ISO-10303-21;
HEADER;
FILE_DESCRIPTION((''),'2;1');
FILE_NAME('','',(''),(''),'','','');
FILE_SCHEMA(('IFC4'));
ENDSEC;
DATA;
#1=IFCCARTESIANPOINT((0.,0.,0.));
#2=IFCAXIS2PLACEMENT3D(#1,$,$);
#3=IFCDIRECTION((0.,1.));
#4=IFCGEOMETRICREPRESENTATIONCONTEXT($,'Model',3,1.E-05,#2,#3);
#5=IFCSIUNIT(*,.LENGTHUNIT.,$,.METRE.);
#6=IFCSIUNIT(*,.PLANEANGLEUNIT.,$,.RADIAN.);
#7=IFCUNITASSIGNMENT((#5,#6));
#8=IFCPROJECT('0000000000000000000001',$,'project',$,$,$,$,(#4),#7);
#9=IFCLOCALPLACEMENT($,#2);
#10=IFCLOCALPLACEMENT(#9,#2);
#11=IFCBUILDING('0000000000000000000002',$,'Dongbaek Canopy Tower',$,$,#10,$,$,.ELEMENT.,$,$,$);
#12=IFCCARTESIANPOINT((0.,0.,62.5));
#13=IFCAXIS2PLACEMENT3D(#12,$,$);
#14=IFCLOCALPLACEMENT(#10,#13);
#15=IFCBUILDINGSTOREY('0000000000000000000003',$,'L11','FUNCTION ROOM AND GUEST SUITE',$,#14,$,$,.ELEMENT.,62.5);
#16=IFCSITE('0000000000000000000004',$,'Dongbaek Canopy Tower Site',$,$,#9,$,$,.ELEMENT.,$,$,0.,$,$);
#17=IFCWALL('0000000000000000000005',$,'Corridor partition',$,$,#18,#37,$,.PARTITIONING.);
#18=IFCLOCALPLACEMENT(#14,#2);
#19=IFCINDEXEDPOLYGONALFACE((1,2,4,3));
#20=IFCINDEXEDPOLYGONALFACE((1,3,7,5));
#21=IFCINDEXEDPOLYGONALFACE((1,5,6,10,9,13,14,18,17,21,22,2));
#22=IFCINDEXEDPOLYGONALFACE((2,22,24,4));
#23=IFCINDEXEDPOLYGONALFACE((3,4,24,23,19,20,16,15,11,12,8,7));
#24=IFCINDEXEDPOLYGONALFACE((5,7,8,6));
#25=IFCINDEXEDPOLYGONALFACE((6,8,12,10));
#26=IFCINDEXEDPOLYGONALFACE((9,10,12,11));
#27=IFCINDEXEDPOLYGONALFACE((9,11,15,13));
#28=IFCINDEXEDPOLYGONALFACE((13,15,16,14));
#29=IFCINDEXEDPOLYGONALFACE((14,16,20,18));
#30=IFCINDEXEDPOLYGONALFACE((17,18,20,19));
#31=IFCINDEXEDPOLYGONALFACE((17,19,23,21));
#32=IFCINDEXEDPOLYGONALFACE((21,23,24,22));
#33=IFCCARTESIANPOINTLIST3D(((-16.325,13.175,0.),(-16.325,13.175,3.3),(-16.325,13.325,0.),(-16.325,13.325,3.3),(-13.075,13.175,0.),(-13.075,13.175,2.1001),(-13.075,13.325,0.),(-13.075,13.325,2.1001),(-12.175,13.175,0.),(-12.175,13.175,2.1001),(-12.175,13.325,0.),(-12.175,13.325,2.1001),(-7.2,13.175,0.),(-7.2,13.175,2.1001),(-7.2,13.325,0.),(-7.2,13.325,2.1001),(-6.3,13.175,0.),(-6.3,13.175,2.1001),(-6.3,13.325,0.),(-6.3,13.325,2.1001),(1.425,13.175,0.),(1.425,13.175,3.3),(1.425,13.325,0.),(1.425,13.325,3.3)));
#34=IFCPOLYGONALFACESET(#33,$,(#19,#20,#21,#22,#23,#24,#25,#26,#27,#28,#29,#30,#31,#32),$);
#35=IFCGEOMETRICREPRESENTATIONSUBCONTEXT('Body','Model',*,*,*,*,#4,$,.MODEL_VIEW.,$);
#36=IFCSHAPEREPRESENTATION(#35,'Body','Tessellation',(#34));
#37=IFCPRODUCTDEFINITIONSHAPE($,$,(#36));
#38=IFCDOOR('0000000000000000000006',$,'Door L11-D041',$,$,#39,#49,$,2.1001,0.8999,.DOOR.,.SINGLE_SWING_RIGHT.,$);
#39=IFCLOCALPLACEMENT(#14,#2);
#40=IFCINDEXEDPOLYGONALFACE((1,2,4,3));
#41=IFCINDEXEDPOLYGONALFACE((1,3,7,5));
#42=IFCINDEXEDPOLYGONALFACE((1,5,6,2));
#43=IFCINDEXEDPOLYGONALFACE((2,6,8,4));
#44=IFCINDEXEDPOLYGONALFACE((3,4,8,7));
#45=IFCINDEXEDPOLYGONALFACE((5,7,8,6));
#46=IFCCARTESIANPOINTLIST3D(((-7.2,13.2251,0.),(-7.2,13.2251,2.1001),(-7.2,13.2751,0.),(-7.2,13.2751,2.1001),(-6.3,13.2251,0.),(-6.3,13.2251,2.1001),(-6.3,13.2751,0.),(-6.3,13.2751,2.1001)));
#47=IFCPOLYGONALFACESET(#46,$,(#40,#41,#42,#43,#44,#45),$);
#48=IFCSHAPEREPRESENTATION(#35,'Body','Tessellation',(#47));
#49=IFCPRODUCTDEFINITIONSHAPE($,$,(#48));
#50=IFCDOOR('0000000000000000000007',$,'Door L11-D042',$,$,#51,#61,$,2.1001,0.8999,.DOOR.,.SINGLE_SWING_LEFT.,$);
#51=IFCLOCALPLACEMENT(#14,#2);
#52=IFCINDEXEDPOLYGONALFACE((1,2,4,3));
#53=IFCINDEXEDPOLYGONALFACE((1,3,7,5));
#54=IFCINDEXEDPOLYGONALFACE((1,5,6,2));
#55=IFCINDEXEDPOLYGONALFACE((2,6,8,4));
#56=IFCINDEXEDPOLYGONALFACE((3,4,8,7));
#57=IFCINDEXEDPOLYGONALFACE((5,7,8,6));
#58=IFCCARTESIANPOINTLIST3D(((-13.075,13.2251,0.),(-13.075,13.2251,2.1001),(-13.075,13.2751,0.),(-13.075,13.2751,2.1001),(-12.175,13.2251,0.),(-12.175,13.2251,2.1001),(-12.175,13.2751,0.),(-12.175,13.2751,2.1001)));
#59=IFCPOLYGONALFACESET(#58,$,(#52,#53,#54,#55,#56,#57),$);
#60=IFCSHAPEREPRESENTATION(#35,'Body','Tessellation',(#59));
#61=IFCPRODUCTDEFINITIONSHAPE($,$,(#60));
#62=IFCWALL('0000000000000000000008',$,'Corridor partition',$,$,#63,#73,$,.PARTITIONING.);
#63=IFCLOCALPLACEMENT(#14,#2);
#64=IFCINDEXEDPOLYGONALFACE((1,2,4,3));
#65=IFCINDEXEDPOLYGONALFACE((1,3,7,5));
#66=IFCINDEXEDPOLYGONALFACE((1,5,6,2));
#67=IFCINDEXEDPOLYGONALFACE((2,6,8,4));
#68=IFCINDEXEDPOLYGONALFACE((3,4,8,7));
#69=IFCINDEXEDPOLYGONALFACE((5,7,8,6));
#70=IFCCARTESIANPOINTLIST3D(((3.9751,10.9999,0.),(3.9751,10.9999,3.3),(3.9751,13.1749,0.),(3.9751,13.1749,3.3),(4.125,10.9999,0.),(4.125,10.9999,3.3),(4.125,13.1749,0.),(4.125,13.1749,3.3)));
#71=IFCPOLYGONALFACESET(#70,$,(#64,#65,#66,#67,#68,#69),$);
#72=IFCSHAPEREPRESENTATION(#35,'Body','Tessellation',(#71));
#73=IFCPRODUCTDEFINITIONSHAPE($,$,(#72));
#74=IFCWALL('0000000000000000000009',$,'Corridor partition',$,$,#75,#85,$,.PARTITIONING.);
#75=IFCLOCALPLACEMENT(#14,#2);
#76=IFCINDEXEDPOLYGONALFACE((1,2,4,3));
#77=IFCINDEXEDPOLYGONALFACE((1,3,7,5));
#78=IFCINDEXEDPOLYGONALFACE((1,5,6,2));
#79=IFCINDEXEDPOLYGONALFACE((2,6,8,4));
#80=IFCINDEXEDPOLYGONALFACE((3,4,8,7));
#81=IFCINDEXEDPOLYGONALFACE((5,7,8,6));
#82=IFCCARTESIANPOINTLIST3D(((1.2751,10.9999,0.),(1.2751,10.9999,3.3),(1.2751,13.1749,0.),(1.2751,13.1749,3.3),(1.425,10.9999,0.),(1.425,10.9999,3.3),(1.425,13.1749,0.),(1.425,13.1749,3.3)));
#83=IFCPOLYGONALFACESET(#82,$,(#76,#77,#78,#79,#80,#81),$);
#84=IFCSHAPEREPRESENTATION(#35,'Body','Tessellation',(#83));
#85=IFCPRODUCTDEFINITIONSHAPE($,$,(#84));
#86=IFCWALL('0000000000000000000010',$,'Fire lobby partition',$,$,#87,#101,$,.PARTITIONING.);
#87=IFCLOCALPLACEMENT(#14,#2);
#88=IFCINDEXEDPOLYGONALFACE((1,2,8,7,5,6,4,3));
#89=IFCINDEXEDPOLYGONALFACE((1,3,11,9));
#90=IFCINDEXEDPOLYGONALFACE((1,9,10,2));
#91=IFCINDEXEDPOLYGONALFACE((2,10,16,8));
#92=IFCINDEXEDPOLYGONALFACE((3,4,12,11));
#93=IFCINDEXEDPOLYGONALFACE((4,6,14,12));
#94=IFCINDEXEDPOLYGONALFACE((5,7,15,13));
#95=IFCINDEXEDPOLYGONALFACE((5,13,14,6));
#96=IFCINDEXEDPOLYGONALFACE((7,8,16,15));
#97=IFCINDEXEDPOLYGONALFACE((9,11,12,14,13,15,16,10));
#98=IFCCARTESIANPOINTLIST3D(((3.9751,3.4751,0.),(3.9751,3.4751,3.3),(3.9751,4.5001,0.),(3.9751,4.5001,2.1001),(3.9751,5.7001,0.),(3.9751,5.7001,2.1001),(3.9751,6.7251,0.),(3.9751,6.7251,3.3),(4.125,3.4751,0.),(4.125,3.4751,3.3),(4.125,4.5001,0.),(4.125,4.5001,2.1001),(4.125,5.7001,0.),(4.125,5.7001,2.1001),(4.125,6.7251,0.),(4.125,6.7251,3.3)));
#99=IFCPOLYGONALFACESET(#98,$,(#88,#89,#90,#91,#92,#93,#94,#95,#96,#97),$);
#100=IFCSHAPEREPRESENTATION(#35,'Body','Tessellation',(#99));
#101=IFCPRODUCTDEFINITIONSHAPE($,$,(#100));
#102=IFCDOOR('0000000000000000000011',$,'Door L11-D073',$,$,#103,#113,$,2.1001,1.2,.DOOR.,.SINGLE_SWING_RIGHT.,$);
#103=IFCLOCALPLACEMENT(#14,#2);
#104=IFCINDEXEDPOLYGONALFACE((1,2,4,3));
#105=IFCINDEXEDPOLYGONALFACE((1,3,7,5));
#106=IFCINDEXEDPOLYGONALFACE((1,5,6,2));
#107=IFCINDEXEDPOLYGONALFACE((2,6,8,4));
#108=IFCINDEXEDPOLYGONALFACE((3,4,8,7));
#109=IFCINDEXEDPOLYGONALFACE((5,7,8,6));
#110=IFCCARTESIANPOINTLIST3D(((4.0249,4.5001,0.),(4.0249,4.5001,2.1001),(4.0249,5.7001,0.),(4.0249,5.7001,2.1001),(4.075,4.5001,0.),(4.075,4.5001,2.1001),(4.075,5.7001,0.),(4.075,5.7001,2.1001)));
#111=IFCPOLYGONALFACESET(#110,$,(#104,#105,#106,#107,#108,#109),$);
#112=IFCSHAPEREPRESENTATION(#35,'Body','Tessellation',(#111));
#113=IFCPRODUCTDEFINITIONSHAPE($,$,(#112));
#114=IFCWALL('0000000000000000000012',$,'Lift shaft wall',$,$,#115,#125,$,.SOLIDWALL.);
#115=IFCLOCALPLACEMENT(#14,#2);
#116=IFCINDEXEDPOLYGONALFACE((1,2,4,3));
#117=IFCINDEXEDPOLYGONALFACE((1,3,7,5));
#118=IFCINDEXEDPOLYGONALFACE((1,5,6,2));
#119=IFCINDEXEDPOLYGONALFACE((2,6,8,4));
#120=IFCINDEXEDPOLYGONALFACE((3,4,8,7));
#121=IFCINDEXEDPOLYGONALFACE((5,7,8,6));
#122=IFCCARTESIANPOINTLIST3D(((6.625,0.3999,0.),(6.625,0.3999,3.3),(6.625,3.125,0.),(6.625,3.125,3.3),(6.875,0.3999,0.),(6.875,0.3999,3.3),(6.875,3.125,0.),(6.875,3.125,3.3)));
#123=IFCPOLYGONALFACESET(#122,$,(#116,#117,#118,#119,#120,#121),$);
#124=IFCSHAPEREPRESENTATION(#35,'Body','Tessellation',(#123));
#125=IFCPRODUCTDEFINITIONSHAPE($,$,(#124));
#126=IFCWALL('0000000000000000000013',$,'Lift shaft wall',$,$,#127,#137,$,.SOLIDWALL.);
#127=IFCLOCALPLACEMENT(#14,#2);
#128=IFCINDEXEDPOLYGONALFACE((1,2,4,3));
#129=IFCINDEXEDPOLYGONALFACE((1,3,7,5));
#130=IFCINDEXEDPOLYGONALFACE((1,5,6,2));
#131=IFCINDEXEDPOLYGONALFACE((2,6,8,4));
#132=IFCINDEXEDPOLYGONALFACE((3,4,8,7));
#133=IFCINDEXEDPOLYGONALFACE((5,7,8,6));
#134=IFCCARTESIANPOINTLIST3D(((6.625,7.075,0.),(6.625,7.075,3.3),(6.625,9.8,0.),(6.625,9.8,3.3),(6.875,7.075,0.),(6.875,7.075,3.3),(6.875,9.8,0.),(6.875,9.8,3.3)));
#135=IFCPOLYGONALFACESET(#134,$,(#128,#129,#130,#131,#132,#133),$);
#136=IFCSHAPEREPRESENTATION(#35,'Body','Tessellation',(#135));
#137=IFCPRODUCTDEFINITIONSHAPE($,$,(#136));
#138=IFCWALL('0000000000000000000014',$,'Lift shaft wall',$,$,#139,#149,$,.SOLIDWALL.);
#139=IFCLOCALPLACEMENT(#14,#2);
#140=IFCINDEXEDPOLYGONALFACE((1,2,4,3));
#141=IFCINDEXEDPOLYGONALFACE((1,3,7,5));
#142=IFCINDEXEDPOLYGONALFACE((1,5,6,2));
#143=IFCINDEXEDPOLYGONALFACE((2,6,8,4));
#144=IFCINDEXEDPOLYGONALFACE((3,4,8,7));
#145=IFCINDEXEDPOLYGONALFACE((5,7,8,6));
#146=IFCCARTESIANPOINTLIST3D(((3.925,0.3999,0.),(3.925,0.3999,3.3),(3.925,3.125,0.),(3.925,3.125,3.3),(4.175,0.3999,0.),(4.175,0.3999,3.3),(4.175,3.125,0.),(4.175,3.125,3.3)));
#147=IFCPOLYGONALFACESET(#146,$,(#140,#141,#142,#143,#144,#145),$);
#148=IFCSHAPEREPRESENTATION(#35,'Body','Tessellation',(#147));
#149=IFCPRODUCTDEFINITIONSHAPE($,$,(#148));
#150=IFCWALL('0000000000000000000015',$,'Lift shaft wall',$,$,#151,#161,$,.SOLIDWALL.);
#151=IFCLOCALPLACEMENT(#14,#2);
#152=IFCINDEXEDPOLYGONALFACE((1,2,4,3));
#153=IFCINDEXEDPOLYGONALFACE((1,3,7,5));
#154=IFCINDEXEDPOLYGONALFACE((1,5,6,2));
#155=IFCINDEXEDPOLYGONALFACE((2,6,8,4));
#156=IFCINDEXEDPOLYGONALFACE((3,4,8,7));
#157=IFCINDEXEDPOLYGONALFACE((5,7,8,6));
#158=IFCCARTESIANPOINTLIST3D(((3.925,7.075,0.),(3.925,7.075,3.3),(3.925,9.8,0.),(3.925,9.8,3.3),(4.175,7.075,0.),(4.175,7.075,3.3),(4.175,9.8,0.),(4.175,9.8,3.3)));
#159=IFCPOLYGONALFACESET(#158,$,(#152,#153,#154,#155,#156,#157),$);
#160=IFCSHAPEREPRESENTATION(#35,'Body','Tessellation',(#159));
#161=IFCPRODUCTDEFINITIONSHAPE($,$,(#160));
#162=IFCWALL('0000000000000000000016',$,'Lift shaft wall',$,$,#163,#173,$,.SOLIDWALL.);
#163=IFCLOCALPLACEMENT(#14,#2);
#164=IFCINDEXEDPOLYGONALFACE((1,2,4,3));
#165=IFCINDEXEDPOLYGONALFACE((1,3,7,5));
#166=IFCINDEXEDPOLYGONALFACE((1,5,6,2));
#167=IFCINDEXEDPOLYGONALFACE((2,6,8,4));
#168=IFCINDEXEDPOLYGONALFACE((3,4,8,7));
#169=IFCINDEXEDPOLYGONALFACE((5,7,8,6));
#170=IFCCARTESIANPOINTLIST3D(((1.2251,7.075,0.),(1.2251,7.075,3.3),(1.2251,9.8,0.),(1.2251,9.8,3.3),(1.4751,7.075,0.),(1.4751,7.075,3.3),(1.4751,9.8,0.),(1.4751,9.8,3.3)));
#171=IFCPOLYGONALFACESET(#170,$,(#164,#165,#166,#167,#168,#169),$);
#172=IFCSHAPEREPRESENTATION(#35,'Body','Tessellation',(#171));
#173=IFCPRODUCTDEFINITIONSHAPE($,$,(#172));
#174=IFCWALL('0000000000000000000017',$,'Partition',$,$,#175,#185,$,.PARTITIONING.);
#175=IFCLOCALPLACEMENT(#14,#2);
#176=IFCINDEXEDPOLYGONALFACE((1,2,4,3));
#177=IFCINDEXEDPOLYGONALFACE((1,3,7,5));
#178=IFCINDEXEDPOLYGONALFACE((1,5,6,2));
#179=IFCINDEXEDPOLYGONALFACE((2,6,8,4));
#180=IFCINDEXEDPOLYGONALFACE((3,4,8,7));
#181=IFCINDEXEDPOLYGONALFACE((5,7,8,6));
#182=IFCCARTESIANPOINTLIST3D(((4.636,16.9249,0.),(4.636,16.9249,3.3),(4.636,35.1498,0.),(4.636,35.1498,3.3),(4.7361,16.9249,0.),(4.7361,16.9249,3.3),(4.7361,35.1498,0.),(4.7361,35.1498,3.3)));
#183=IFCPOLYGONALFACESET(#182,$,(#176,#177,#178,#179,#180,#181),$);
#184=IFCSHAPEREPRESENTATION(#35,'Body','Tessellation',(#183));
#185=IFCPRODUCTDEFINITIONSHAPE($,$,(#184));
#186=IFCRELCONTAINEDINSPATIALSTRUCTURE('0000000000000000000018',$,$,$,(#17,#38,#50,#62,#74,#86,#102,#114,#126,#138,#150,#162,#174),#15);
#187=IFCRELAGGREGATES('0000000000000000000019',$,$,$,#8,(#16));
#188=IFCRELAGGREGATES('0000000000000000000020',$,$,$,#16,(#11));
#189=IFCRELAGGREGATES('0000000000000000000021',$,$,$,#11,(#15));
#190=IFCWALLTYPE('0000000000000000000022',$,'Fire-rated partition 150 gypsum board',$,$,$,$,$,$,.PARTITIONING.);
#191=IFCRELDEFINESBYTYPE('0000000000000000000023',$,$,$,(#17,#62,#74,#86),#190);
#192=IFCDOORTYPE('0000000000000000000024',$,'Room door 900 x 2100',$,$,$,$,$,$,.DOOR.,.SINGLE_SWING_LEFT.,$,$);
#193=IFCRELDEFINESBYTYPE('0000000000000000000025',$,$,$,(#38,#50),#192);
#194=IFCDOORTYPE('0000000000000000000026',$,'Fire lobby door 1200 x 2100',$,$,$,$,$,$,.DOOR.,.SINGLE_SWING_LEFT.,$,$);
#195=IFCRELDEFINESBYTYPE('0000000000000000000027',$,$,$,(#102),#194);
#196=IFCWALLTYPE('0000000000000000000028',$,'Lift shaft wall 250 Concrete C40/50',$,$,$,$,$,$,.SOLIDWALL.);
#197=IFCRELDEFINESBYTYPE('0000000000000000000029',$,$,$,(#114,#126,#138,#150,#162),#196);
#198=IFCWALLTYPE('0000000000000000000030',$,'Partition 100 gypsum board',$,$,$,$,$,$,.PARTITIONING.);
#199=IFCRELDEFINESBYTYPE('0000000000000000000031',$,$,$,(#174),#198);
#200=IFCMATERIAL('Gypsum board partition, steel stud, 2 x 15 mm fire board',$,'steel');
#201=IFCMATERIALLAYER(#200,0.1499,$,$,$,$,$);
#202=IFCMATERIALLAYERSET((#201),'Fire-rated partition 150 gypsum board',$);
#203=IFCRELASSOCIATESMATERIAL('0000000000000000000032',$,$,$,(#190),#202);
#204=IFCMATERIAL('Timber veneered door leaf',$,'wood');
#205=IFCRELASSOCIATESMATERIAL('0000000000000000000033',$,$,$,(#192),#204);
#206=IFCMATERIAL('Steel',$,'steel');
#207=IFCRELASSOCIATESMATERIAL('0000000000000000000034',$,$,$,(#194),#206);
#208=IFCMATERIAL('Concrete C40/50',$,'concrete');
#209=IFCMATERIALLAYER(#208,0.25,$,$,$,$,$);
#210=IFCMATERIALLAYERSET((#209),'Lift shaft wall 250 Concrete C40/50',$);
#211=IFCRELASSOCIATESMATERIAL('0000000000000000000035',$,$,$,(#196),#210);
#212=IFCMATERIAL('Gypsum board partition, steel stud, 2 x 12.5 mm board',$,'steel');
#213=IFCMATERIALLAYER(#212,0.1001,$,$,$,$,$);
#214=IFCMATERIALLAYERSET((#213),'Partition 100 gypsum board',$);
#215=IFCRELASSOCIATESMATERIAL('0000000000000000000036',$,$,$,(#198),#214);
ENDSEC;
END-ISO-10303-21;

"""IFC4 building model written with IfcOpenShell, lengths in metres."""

from ifc_helpers import new_model, si_unit, direction, frame, frame_2d, origin, place, context, subcontext, project, spatial, rectangle, extrude, material, layer, layer_set, type_object, element, fill, save


model = new_model("IFC4")

# Units and contexts
model_context = context("Model", 3, precision=1e-05, world=origin(), true_north=direction((0.0, 1.0)))
body_context = subcontext(model_context, "Body", "Model", "MODEL_VIEW")
ifc_project = project(units=[si_unit("LENGTHUNIT", "METRE"), si_unit("PLANEANGLEUNIT", "RADIAN")], contexts=[model_context])

# Site, building, storey
site_placement = place(None, origin())
site = spatial("IfcSite", under=ifc_project, at=site_placement, Name="Dongbaek Canopy Tower Site", CompositionType="ELEMENT", RefElevation=0.0)
building_placement = place(site_placement, origin())
building = spatial("IfcBuilding", under=site, at=building_placement, Name="Dongbaek Canopy Tower", CompositionType="ELEMENT")
storey_placement = place(building_placement, frame((0.0, 0.0, 62.5)))
storey = spatial("IfcBuildingStorey", under=building, at=storey_placement, Name="L11", Description="FUNCTION ROOM AND GUEST SUITE", CompositionType="ELEMENT", Elevation=62.5)

# Wall, openings, doors
ifc_material_1 = material(Name="Gypsum board partition, steel stud, 2 x 15 mm fire board", Category="steel")
ifc_layer_1 = layer(ifc_material_1, 0.1499)
ifc_layer_set_1 = layer_set([ifc_layer_1], Name="Fire-rated partition 150 gypsum board")
wall_type_1 = type_object("IfcWallType", Name="Fire-rated partition 150 gypsum board", PredefinedType="PARTITIONING", material=ifc_layer_set_1)
wall_1_placement = place(storey_placement, frame((1.425, 13.25, 0.0), z_axis=(0.0, 0.0, 1.0), x_axis=(-1.0, 0.0, 0.0)))
wall_1 = element("IfcWall", 1, at=wall_1_placement, inside=storey, type_object=wall_type_1, Name="Corridor partition", PredefinedType="PARTITIONING", context=body_context, shape_type="SweptSolid", body=[
    extrude(rectangle(XDim=17.75, YDim=0.1499, at=frame_2d((8.875, 0.0))), origin(), (0.0, 0.0, 1.0), 3.3),
])
opening_1_placement = place(wall_1_placement, frame((7.7251, 0.0, 0.0)))
opening_1 = element("IfcOpeningElement", 2, at=opening_1_placement, cuts=wall_1, PredefinedType="OPENING", context=body_context, shape_type="SweptSolid", body=[
    extrude(rectangle(XDim=0.8999, YDim=2.1001, at=frame_2d((0.45, 1.05))), frame((0.0, 0.085, 0.0), z_axis=(0.0, -1.0, 0.0), x_axis=(1.0, 0.0, 0.0)), (0.0, 0.0, 1.0), 0.1699),
])
opening_2_placement = place(wall_1_placement, frame((13.6001, 0.0, 0.0)))
opening_2 = element("IfcOpeningElement", 3, at=opening_2_placement, cuts=wall_1, PredefinedType="OPENING", context=body_context, shape_type="SweptSolid", body=[
    extrude(rectangle(XDim=0.8999, YDim=2.1001, at=frame_2d((0.45, 1.05))), frame((0.0, 0.085, 0.0), z_axis=(0.0, -1.0, 0.0), x_axis=(1.0, 0.0, 0.0)), (0.0, 0.0, 1.0), 0.1699),
])
ifc_material_2 = material(Name="Timber veneered door leaf", Category="wood")
door_type_1 = type_object("IfcDoorType", Name="Room door 900 x 2100", OperationType="SINGLE_SWING_LEFT", PredefinedType="DOOR", material=ifc_material_2)
door_1_placement = place(opening_1_placement, origin())
door_1 = element("IfcDoor", 4, at=door_1_placement, inside=storey, type_object=door_type_1, Name="Door L11-D041", OperationType="SINGLE_SWING_RIGHT", OverallHeight=2.1001, OverallWidth=0.8999, PredefinedType="DOOR", context=body_context, shape_type="SweptSolid", body=[
    extrude(rectangle(XDim=0.8999, YDim=2.1001, at=frame_2d((0.45, 1.05))), frame((0.0, 0.0249, 0.0), z_axis=(0.0, -1.0, 0.0), x_axis=(1.0, 0.0, 0.0)), (0.0, 0.0, 1.0), 0.05),
])
fill(opening_1, door_1)
door_2_placement = place(opening_2_placement, origin())
door_2 = element("IfcDoor", 5, at=door_2_placement, inside=storey, type_object=door_type_1, Name="Door L11-D042", OperationType="SINGLE_SWING_LEFT", OverallHeight=2.1001, OverallWidth=0.8999, PredefinedType="DOOR", context=body_context, shape_type="SweptSolid", body=[
    extrude(rectangle(XDim=0.8999, YDim=2.1001, at=frame_2d((0.45, 1.05))), frame((0.0, 0.0249, 0.0), z_axis=(0.0, -1.0, 0.0), x_axis=(1.0, 0.0, 0.0)), (0.0, 0.0, 1.0), 0.05),
])
fill(opening_2, door_2)

# Walls
for number, where, z_axis, x_axis, name in (
    (6, (4.05, 11.0, 0.0), (0.0, 0.0, 1.0), (0.0, 1.0, 0.0), "Corridor partition"),
    (7, (1.3501, 11.0, 0.0), (0.0, 0.0, 1.0), (0.0, 1.0, 0.0), "Corridor partition"),
):
    element("IfcWall", number, at=place(storey_placement, frame(where, z_axis=z_axis, x_axis=x_axis)), inside=storey, type_object=wall_type_1, Name=name, PredefinedType="PARTITIONING", context=body_context, shape_type="SweptSolid", body=[
        extrude(rectangle(XDim=2.175, YDim=0.1499, at=frame_2d((1.0874, 0.0))), origin(), (0.0, 0.0, 1.0), 3.3),
    ])

# Wall, opening, door
wall_2_placement = place(storey_placement, frame((4.05, 6.7251, 0.0), z_axis=(0.0, 0.0, 1.0), x_axis=(0.0, -1.0, 0.0)))
wall_2 = element("IfcWall", 8, at=wall_2_placement, inside=storey, type_object=wall_type_1, Name="Fire lobby partition", PredefinedType="PARTITIONING", context=body_context, shape_type="SweptSolid", body=[
    extrude(rectangle(XDim=3.25, YDim=0.1499, at=frame_2d((1.625, 0.0))), origin(), (0.0, 0.0, 1.0), 3.3),
])
opening_3_placement = place(wall_2_placement, frame((1.0249, 0.0, 0.0)))
opening_3 = element("IfcOpeningElement", 9, at=opening_3_placement, cuts=wall_2, PredefinedType="OPENING", context=body_context, shape_type="SweptSolid", body=[
    extrude(rectangle(XDim=1.2, YDim=2.1001, at=frame_2d((0.6001, 1.05))), frame((0.0, 0.085, 0.0), z_axis=(0.0, -1.0, 0.0), x_axis=(1.0, 0.0, 0.0)), (0.0, 0.0, 1.0), 0.1699),
])
ifc_material_3 = material(Name="Steel", Category="steel")
door_type_2 = type_object("IfcDoorType", Name="Fire lobby door 1200 x 2100", OperationType="SINGLE_SWING_LEFT", PredefinedType="DOOR", material=ifc_material_3)
door_3_placement = place(opening_3_placement, origin())
door_3 = element("IfcDoor", 10, at=door_3_placement, inside=storey, type_object=door_type_2, Name="Door L11-D073", OperationType="SINGLE_SWING_RIGHT", OverallHeight=2.1001, OverallWidth=1.2, PredefinedType="DOOR", context=body_context, shape_type="SweptSolid", body=[
    extrude(rectangle(XDim=1.2, YDim=2.1001, at=frame_2d((0.6001, 1.05))), frame((0.0, 0.0249, 0.0), z_axis=(0.0, -1.0, 0.0), x_axis=(1.0, 0.0, 0.0)), (0.0, 0.0, 1.0), 0.05),
])
fill(opening_3, door_3)

# Walls
ifc_material_4 = material(Name="Concrete C40/50", Category="concrete")
ifc_layer_2 = layer(ifc_material_4, 0.25)
ifc_layer_set_2 = layer_set([ifc_layer_2], Name="Lift shaft wall 250 Concrete C40/50")
wall_type_2 = type_object("IfcWallType", Name="Lift shaft wall 250 Concrete C40/50", PredefinedType="SOLIDWALL", material=ifc_layer_set_2)
for number, where, z_axis, x_axis, name in (
    (11, (6.75, 0.3999, 0.0), (0.0, 0.0, 1.0), (0.0, 1.0, 0.0), "Lift shaft wall"),
    (12, (6.75, 7.075, 0.0), (0.0, 0.0, 1.0), (0.0, 1.0, 0.0), "Lift shaft wall"),
    (13, (4.05, 0.3999, 0.0), (0.0, 0.0, 1.0), (0.0, 1.0, 0.0), "Lift shaft wall"),
    (14, (4.05, 7.075, 0.0), (0.0, 0.0, 1.0), (0.0, 1.0, 0.0), "Lift shaft wall"),
    (15, (1.3501, 7.075, 0.0), (0.0, 0.0, 1.0), (0.0, 1.0, 0.0), "Lift shaft wall"),
):
    element("IfcWall", number, at=place(storey_placement, frame(where, z_axis=z_axis, x_axis=x_axis)), inside=storey, type_object=wall_type_2, Name=name, PredefinedType="SOLIDWALL", context=body_context, shape_type="SweptSolid", body=[
        extrude(rectangle(XDim=2.7251, YDim=0.25, at=frame_2d((1.3625, 0.0))), origin(), (0.0, 0.0, 1.0), 3.3),
    ])
ifc_material_5 = material(Name="Gypsum board partition, steel stud, 2 x 12.5 mm board", Category="steel")
ifc_layer_3 = layer(ifc_material_5, 0.1001)
ifc_layer_set_3 = layer_set([ifc_layer_3], Name="Partition 100 gypsum board")
wall_type_3 = type_object("IfcWallType", Name="Partition 100 gypsum board", PredefinedType="PARTITIONING", material=ifc_layer_set_3)
wall_3_placement = place(storey_placement, frame((4.686, 16.925, 0.0), z_axis=(0.0, 0.0, 1.0), x_axis=(0.0, 1.0, 0.0)))
element("IfcWall", 16, at=wall_3_placement, inside=storey, type_object=wall_type_3, Name="Partition", PredefinedType="PARTITIONING", context=body_context, shape_type="SweptSolid", body=[
    extrude(rectangle(XDim=18.2249, YDim=0.1001, at=frame_2d((9.1123, 0.0))), origin(), (0.0, 0.0, 1.0), 3.3),
])

save(model, "model.ifc")
